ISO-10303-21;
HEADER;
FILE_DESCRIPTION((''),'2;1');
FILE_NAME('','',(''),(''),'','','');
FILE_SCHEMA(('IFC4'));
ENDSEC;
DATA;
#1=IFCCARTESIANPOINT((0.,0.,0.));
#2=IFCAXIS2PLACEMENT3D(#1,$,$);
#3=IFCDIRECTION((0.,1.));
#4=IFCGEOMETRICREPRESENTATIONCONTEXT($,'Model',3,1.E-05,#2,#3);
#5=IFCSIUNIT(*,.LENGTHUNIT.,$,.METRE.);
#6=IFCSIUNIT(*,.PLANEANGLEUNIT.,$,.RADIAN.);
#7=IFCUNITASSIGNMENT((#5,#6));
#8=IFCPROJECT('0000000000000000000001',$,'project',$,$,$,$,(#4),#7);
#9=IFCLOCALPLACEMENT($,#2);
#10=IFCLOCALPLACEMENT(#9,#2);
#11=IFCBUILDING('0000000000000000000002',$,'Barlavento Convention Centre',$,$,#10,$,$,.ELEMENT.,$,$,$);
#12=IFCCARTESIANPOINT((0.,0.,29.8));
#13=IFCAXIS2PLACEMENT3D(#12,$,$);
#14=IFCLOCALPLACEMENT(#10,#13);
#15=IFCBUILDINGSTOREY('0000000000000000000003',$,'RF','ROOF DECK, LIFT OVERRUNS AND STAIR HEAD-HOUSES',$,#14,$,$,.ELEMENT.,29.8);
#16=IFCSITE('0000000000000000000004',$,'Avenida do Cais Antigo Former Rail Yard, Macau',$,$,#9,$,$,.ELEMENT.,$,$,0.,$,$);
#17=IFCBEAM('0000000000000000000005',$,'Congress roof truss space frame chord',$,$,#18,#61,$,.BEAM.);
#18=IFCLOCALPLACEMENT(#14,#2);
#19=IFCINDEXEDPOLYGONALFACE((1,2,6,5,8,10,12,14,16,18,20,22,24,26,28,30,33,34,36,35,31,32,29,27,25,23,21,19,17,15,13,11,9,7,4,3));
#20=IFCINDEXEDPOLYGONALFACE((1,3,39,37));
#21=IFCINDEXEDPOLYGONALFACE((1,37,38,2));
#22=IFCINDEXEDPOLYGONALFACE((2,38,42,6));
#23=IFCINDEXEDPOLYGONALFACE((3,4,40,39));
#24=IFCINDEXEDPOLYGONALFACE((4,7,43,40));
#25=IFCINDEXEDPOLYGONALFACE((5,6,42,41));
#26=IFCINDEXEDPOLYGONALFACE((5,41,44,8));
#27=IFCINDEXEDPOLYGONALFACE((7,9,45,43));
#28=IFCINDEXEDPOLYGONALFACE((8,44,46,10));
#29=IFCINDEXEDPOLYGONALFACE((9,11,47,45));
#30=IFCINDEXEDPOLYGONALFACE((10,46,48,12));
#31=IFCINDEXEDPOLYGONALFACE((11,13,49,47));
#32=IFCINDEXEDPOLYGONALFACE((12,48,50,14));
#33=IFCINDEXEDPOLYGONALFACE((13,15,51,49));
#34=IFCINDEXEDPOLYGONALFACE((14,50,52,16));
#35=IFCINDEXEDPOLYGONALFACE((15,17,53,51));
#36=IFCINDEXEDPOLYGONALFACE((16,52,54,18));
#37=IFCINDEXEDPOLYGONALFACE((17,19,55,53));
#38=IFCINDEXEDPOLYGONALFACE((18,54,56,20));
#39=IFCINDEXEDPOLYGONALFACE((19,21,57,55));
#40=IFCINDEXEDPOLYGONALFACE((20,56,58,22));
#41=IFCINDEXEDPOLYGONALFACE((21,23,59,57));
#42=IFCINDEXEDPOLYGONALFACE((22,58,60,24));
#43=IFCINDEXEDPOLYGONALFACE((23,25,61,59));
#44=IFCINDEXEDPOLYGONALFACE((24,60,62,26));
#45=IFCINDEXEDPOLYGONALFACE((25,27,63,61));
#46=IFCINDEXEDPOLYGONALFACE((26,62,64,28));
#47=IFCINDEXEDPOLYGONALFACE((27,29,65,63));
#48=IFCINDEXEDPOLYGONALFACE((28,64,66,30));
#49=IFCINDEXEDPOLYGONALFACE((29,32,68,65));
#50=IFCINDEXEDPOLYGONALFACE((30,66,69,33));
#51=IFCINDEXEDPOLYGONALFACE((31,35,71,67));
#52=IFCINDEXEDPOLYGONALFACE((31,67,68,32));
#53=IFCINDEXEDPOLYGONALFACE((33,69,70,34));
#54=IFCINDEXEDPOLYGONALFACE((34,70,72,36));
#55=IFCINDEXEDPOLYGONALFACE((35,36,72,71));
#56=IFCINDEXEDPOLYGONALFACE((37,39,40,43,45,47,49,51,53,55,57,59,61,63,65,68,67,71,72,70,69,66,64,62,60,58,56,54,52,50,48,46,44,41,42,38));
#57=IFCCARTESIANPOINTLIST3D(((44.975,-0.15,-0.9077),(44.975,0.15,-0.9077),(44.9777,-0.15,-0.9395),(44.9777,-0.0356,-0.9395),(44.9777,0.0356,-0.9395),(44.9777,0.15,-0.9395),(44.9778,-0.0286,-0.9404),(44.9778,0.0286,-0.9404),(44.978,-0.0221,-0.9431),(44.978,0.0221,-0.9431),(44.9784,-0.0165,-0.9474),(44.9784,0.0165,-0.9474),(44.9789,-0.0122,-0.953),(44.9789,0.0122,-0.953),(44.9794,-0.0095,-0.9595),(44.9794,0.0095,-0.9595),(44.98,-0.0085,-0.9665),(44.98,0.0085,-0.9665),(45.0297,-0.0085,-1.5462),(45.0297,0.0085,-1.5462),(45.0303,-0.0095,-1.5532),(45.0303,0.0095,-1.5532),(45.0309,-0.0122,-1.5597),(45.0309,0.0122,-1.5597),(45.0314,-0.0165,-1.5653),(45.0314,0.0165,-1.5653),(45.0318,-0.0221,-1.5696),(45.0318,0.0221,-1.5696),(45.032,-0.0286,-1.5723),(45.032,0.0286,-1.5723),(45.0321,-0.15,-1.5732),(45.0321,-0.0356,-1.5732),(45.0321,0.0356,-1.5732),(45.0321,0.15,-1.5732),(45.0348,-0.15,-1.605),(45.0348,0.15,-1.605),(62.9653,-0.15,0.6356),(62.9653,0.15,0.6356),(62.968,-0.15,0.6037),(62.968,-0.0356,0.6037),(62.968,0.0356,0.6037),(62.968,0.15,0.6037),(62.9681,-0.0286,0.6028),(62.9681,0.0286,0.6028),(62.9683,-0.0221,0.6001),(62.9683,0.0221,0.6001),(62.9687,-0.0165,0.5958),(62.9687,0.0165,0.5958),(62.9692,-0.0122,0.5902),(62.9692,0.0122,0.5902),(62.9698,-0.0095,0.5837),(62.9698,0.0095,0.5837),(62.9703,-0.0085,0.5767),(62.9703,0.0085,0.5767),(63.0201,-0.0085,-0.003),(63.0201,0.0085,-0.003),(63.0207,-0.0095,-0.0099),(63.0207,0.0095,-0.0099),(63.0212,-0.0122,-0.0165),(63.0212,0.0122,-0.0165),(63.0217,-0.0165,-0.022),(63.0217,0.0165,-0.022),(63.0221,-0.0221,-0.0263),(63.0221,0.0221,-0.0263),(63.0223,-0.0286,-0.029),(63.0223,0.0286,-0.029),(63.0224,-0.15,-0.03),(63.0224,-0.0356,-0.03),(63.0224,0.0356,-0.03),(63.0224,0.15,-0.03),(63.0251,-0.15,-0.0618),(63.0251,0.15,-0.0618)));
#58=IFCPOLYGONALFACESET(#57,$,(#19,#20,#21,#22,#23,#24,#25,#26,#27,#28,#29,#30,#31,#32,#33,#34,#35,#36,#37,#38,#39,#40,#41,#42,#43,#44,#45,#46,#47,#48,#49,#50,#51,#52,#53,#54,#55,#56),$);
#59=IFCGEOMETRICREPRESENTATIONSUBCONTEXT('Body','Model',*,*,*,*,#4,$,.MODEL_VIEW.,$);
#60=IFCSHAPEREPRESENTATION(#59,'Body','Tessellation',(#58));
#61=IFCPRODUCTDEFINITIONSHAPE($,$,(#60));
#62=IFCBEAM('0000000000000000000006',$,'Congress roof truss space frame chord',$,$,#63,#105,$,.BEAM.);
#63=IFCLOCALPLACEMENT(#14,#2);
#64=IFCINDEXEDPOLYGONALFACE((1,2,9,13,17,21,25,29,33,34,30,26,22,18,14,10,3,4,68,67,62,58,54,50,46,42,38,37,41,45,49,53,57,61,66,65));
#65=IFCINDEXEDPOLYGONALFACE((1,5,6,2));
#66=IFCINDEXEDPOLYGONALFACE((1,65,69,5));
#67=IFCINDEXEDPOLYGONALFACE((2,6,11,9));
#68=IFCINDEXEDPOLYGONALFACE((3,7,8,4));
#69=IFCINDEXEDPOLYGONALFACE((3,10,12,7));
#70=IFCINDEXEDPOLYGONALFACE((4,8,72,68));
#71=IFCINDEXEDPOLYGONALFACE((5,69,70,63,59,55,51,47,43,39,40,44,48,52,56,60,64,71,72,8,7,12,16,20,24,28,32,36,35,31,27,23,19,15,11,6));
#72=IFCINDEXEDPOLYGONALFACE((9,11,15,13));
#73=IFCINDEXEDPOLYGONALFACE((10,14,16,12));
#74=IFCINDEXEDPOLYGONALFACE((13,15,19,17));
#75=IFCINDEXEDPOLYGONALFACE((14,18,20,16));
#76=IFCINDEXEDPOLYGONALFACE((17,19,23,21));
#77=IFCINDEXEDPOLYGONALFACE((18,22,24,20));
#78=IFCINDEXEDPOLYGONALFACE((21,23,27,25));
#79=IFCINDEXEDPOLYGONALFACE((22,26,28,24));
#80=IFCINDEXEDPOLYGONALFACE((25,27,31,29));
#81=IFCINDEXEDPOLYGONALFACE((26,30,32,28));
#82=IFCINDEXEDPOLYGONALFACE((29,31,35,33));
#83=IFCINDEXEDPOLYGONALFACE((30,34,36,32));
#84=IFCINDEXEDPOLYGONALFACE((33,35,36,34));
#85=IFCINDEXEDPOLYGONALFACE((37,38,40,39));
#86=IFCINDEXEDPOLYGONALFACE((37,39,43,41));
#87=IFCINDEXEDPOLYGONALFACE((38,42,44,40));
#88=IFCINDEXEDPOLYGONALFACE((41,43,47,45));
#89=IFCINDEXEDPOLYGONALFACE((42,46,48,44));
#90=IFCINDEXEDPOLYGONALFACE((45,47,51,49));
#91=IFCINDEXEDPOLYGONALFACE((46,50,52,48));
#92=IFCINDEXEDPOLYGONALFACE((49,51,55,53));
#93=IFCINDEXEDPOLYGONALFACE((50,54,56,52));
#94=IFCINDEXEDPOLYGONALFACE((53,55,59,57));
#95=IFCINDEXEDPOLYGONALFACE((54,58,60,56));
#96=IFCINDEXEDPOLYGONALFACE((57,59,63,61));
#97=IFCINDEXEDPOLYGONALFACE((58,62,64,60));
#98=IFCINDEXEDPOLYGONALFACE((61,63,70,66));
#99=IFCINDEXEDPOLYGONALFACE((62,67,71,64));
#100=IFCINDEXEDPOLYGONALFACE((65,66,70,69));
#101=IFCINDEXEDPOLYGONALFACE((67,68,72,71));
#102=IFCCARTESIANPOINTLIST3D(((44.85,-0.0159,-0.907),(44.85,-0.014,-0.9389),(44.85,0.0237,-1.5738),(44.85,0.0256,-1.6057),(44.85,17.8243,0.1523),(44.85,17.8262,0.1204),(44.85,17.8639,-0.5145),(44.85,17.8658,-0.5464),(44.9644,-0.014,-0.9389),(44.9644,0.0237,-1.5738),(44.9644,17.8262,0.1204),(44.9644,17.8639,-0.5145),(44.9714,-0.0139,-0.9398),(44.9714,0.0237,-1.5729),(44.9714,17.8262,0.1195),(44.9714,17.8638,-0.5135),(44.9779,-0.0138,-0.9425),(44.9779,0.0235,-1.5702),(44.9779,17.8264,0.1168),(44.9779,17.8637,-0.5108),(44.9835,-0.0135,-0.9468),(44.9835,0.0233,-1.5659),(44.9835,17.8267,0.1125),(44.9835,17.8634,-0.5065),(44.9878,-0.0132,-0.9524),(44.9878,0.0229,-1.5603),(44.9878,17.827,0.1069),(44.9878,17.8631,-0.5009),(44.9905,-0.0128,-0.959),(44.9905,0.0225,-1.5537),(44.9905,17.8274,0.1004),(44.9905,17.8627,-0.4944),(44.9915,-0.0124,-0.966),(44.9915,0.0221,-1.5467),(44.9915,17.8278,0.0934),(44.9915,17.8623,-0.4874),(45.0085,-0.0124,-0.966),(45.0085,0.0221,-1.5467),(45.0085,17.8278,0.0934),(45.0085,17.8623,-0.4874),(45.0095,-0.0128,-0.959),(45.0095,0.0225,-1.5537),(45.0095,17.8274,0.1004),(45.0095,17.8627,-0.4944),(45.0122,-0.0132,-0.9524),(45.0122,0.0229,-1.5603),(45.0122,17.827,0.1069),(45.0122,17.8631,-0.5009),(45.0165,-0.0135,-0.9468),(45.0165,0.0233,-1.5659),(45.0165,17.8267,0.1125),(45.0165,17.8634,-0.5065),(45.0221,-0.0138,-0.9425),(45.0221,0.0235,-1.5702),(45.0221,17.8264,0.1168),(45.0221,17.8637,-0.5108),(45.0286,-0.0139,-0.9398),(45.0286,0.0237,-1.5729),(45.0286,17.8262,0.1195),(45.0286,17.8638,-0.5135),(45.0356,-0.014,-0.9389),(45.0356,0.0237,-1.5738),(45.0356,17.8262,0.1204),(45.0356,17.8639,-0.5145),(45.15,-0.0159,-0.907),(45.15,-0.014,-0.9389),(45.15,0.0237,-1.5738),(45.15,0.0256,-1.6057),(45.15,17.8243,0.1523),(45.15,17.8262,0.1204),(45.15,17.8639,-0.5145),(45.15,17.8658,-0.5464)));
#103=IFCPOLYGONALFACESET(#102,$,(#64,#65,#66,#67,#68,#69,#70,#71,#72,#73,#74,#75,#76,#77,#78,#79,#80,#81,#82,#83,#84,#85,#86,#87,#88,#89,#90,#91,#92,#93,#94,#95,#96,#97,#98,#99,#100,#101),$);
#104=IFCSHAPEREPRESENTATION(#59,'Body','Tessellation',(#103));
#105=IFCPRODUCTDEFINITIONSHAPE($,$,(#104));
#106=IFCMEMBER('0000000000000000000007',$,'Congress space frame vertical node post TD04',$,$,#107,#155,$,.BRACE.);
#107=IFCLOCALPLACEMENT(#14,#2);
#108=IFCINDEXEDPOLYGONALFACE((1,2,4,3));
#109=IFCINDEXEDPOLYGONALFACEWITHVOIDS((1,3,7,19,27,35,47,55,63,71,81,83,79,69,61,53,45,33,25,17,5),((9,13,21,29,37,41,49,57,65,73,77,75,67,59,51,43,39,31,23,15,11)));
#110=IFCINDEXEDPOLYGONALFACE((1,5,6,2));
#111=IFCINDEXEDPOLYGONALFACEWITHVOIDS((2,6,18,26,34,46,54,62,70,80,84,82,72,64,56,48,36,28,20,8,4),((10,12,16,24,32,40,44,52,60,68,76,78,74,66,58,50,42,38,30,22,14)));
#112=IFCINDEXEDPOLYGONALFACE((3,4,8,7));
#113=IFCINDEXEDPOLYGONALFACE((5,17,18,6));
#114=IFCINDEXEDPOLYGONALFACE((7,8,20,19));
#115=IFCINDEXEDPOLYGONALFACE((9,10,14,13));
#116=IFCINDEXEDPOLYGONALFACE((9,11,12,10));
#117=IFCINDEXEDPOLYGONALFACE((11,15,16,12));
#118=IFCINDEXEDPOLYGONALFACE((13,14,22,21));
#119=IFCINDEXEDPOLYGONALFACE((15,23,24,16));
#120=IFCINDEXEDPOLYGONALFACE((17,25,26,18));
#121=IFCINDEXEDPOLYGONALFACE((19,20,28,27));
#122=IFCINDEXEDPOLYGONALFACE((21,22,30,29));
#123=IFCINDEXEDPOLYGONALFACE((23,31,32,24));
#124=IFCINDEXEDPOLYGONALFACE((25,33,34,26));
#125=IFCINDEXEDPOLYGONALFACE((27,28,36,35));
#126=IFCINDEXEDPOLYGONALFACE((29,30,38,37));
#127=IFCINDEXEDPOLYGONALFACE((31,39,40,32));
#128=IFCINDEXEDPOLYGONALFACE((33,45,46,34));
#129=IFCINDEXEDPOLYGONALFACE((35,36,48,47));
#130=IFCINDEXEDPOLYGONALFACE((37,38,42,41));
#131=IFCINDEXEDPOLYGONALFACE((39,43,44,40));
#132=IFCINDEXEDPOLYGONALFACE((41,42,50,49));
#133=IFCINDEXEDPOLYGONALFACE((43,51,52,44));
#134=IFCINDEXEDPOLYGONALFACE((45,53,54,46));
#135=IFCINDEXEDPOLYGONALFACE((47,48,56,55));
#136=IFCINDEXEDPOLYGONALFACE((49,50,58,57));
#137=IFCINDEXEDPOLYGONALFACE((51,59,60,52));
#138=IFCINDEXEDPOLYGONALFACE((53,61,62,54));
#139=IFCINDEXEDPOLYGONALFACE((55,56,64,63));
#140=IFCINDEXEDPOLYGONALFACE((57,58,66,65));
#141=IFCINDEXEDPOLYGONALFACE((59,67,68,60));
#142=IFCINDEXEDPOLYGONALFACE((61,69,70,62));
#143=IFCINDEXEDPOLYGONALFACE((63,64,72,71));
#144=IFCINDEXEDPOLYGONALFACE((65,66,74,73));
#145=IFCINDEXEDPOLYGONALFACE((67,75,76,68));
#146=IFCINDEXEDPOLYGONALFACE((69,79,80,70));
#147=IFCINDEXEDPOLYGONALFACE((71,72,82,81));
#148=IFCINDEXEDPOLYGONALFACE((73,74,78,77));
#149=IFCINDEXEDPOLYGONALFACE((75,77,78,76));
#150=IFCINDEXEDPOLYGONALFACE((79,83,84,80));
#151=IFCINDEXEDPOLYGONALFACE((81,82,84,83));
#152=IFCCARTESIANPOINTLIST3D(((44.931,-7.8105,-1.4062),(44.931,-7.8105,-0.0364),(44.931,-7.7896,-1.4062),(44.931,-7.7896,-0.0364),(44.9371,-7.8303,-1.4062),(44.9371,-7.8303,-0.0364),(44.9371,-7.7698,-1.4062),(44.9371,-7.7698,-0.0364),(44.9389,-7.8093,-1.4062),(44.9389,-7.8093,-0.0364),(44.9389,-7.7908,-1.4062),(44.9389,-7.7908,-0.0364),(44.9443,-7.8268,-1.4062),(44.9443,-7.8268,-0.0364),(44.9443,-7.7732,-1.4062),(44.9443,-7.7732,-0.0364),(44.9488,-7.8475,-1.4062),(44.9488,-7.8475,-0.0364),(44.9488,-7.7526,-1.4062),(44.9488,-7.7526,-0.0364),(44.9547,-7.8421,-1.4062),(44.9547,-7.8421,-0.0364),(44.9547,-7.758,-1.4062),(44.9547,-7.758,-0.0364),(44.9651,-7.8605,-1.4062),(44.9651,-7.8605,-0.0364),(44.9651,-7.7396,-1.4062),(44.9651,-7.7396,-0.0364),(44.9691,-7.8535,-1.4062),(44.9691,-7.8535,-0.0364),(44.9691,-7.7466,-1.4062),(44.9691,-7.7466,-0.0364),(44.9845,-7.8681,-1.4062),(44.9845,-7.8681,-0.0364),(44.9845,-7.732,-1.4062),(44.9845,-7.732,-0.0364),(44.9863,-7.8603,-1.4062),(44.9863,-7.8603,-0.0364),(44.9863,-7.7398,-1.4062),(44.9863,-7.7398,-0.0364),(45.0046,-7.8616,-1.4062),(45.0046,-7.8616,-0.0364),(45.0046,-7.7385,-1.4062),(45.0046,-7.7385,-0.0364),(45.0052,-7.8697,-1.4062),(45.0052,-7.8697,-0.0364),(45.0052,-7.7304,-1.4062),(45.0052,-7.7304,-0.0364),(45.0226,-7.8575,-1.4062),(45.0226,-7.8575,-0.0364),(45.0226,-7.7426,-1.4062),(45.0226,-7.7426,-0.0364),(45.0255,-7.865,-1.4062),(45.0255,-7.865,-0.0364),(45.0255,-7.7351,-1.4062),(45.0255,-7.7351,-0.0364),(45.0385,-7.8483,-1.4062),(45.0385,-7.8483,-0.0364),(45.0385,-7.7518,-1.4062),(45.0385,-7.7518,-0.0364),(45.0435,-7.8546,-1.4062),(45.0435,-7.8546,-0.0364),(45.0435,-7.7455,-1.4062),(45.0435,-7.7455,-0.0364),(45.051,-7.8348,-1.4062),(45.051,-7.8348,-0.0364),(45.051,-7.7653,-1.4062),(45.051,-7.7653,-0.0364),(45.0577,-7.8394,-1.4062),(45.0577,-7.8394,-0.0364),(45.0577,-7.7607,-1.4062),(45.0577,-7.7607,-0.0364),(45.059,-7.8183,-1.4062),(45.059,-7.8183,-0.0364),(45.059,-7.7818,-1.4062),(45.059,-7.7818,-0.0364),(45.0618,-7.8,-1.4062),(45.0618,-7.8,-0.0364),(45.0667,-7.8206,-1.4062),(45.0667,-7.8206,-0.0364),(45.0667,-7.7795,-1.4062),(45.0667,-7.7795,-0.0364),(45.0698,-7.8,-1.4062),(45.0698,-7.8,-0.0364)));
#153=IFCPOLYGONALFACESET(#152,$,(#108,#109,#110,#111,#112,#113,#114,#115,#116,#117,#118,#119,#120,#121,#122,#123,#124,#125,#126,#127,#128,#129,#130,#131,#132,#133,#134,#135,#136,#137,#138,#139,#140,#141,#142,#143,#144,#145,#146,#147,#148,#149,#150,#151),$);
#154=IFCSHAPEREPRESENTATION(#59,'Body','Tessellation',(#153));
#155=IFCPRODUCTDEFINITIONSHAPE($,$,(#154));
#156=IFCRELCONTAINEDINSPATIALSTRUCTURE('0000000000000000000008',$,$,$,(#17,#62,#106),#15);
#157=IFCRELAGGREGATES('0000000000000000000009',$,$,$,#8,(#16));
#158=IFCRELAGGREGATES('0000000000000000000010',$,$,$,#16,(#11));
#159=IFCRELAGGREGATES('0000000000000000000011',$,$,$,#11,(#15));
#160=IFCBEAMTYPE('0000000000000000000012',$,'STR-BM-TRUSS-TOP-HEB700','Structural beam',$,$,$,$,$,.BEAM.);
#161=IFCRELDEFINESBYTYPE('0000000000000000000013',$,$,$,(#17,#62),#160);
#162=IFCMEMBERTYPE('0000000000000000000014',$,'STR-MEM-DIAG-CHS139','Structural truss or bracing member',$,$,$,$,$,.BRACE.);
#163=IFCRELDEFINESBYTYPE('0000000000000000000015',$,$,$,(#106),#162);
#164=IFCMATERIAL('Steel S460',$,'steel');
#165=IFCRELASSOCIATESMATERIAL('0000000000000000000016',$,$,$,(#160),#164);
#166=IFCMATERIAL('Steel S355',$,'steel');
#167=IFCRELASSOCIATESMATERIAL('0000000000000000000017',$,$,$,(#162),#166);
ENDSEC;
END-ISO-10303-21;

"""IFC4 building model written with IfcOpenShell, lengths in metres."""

from ifc_helpers import new_model, si_unit, direction, frame, origin, origin_2d, place, context, subcontext, project, spatial, hollow_circle, i_section, extrude, material, material_profile, profile_set, type_object, element, save


model = new_model("IFC4")

# Units and contexts
model_context = context("Model", 3, precision=1e-05, world=origin(), true_north=direction((0.0, 1.0)))
body_context = subcontext(model_context, "Body", "Model", "MODEL_VIEW")
ifc_project = project(units=[si_unit("LENGTHUNIT", "METRE"), si_unit("PLANEANGLEUNIT", "RADIAN")], contexts=[model_context])

# Site, building, storey
site_placement = place(None, origin())
site = spatial("IfcSite", under=ifc_project, at=site_placement, Name="Avenida do Cais Antigo Former Rail Yard, Macau", CompositionType="ELEMENT", RefElevation=0.0)
building_placement = place(site_placement, origin())
building = spatial("IfcBuilding", under=site, at=building_placement, Name="Barlavento Convention Centre", CompositionType="ELEMENT")
storey_placement = place(building_placement, frame((0.0, 0.0, 29.8)))
storey = spatial("IfcBuildingStorey", under=building, at=storey_placement, Name="RF", Description="ROOF DECK, LIFT OVERRUNS AND STAIR HEAD-HOUSES", CompositionType="ELEMENT", Elevation=29.8)

# Beams
ifc_material_1 = material(Name="Steel S355", Category="steel")
ifc_material_2 = material(Name="Steel S460", Category="steel")
ifc_material_profile_1 = material_profile(ifc_material_2, i_section(OverallWidth=0.3, OverallDepth=0.7, WebThickness=0.0171, FlangeThickness=0.032, FilletRadius=0.0271, at=origin_2d()), Name="HEB 700")
ifc_profile_set_1 = profile_set([ifc_material_profile_1], Name="Steel S460")
beam_type_1 = type_object("IfcBeamType", Name="STR-BM-TRUSS-TOP-HEB700", Description="Structural beam", PredefinedType="BEAM", material=ifc_profile_set_1)
beam_1_placement = place(storey_placement, frame((45.0049, 0.0, -1.2563), z_axis=(0.996341, 0.0, 0.085467), x_axis=(0.0, 1.0, 0.0)))
element("IfcBeam", 1, at=beam_1_placement, inside=storey, type_object=beam_type_1, Name="Congress roof truss space frame chord", PredefinedType="BEAM", context=body_context, shape_type="SweptSolid", body=[
    extrude(i_section(OverallWidth=0.3, OverallDepth=0.7, WebThickness=0.0171, FlangeThickness=0.032, FilletRadius=0.0271, at=origin_2d()), origin(), (0.0, 0.0, 1.0), 18.0564),
])
beam_2_placement = place(storey_placement, frame((45.0, 0.0049, -1.2563), z_axis=(0.0, 0.998242, 0.059275), x_axis=(-1.0, 0.0, 0.0)))
element("IfcBeam", 2, at=beam_2_placement, inside=storey, type_object=beam_type_1, Name="Congress roof truss space frame chord", PredefinedType="BEAM", context=body_context, shape_type="SweptSolid", body=[
    extrude(i_section(OverallWidth=0.3, OverallDepth=0.7, WebThickness=0.0171, FlangeThickness=0.032, FilletRadius=0.0271, at=origin_2d()), origin(), (0.0, 0.0, 1.0), 17.8716),
])

# Member
ifc_material_profile_2 = material_profile(ifc_material_1, hollow_circle(Radius=0.0698, WallThickness=0.0081, at=origin_2d()), Name="CHS 139.7x8.0")
ifc_profile_set_2 = profile_set([ifc_material_profile_2], Name="Steel S355")
member_type_1 = type_object("IfcMemberType", Name="STR-MEM-DIAG-CHS139", Description="Structural truss or bracing member", PredefinedType="BRACE", material=ifc_profile_set_2)
for number, where, z_axis, x_axis, name in (
    (3, (45.0, -7.8, -1.4062), (0.0, 0.0, 1.0), (1.0, 0.0, 0.0), "Congress space frame vertical node post TD04"),
):
    element("IfcMember", number, at=place(storey_placement, frame(where, z_axis=z_axis, x_axis=x_axis)), inside=storey, type_object=member_type_1, Name=name, PredefinedType="BRACE", context=body_context, shape_type="SweptSolid", body=[
        extrude(hollow_circle(Radius=0.0698, WallThickness=0.0081, at=origin_2d()), origin(), (0.0, 0.0, 1.0), 1.3699),
    ])

save(model, "model.ifc")
